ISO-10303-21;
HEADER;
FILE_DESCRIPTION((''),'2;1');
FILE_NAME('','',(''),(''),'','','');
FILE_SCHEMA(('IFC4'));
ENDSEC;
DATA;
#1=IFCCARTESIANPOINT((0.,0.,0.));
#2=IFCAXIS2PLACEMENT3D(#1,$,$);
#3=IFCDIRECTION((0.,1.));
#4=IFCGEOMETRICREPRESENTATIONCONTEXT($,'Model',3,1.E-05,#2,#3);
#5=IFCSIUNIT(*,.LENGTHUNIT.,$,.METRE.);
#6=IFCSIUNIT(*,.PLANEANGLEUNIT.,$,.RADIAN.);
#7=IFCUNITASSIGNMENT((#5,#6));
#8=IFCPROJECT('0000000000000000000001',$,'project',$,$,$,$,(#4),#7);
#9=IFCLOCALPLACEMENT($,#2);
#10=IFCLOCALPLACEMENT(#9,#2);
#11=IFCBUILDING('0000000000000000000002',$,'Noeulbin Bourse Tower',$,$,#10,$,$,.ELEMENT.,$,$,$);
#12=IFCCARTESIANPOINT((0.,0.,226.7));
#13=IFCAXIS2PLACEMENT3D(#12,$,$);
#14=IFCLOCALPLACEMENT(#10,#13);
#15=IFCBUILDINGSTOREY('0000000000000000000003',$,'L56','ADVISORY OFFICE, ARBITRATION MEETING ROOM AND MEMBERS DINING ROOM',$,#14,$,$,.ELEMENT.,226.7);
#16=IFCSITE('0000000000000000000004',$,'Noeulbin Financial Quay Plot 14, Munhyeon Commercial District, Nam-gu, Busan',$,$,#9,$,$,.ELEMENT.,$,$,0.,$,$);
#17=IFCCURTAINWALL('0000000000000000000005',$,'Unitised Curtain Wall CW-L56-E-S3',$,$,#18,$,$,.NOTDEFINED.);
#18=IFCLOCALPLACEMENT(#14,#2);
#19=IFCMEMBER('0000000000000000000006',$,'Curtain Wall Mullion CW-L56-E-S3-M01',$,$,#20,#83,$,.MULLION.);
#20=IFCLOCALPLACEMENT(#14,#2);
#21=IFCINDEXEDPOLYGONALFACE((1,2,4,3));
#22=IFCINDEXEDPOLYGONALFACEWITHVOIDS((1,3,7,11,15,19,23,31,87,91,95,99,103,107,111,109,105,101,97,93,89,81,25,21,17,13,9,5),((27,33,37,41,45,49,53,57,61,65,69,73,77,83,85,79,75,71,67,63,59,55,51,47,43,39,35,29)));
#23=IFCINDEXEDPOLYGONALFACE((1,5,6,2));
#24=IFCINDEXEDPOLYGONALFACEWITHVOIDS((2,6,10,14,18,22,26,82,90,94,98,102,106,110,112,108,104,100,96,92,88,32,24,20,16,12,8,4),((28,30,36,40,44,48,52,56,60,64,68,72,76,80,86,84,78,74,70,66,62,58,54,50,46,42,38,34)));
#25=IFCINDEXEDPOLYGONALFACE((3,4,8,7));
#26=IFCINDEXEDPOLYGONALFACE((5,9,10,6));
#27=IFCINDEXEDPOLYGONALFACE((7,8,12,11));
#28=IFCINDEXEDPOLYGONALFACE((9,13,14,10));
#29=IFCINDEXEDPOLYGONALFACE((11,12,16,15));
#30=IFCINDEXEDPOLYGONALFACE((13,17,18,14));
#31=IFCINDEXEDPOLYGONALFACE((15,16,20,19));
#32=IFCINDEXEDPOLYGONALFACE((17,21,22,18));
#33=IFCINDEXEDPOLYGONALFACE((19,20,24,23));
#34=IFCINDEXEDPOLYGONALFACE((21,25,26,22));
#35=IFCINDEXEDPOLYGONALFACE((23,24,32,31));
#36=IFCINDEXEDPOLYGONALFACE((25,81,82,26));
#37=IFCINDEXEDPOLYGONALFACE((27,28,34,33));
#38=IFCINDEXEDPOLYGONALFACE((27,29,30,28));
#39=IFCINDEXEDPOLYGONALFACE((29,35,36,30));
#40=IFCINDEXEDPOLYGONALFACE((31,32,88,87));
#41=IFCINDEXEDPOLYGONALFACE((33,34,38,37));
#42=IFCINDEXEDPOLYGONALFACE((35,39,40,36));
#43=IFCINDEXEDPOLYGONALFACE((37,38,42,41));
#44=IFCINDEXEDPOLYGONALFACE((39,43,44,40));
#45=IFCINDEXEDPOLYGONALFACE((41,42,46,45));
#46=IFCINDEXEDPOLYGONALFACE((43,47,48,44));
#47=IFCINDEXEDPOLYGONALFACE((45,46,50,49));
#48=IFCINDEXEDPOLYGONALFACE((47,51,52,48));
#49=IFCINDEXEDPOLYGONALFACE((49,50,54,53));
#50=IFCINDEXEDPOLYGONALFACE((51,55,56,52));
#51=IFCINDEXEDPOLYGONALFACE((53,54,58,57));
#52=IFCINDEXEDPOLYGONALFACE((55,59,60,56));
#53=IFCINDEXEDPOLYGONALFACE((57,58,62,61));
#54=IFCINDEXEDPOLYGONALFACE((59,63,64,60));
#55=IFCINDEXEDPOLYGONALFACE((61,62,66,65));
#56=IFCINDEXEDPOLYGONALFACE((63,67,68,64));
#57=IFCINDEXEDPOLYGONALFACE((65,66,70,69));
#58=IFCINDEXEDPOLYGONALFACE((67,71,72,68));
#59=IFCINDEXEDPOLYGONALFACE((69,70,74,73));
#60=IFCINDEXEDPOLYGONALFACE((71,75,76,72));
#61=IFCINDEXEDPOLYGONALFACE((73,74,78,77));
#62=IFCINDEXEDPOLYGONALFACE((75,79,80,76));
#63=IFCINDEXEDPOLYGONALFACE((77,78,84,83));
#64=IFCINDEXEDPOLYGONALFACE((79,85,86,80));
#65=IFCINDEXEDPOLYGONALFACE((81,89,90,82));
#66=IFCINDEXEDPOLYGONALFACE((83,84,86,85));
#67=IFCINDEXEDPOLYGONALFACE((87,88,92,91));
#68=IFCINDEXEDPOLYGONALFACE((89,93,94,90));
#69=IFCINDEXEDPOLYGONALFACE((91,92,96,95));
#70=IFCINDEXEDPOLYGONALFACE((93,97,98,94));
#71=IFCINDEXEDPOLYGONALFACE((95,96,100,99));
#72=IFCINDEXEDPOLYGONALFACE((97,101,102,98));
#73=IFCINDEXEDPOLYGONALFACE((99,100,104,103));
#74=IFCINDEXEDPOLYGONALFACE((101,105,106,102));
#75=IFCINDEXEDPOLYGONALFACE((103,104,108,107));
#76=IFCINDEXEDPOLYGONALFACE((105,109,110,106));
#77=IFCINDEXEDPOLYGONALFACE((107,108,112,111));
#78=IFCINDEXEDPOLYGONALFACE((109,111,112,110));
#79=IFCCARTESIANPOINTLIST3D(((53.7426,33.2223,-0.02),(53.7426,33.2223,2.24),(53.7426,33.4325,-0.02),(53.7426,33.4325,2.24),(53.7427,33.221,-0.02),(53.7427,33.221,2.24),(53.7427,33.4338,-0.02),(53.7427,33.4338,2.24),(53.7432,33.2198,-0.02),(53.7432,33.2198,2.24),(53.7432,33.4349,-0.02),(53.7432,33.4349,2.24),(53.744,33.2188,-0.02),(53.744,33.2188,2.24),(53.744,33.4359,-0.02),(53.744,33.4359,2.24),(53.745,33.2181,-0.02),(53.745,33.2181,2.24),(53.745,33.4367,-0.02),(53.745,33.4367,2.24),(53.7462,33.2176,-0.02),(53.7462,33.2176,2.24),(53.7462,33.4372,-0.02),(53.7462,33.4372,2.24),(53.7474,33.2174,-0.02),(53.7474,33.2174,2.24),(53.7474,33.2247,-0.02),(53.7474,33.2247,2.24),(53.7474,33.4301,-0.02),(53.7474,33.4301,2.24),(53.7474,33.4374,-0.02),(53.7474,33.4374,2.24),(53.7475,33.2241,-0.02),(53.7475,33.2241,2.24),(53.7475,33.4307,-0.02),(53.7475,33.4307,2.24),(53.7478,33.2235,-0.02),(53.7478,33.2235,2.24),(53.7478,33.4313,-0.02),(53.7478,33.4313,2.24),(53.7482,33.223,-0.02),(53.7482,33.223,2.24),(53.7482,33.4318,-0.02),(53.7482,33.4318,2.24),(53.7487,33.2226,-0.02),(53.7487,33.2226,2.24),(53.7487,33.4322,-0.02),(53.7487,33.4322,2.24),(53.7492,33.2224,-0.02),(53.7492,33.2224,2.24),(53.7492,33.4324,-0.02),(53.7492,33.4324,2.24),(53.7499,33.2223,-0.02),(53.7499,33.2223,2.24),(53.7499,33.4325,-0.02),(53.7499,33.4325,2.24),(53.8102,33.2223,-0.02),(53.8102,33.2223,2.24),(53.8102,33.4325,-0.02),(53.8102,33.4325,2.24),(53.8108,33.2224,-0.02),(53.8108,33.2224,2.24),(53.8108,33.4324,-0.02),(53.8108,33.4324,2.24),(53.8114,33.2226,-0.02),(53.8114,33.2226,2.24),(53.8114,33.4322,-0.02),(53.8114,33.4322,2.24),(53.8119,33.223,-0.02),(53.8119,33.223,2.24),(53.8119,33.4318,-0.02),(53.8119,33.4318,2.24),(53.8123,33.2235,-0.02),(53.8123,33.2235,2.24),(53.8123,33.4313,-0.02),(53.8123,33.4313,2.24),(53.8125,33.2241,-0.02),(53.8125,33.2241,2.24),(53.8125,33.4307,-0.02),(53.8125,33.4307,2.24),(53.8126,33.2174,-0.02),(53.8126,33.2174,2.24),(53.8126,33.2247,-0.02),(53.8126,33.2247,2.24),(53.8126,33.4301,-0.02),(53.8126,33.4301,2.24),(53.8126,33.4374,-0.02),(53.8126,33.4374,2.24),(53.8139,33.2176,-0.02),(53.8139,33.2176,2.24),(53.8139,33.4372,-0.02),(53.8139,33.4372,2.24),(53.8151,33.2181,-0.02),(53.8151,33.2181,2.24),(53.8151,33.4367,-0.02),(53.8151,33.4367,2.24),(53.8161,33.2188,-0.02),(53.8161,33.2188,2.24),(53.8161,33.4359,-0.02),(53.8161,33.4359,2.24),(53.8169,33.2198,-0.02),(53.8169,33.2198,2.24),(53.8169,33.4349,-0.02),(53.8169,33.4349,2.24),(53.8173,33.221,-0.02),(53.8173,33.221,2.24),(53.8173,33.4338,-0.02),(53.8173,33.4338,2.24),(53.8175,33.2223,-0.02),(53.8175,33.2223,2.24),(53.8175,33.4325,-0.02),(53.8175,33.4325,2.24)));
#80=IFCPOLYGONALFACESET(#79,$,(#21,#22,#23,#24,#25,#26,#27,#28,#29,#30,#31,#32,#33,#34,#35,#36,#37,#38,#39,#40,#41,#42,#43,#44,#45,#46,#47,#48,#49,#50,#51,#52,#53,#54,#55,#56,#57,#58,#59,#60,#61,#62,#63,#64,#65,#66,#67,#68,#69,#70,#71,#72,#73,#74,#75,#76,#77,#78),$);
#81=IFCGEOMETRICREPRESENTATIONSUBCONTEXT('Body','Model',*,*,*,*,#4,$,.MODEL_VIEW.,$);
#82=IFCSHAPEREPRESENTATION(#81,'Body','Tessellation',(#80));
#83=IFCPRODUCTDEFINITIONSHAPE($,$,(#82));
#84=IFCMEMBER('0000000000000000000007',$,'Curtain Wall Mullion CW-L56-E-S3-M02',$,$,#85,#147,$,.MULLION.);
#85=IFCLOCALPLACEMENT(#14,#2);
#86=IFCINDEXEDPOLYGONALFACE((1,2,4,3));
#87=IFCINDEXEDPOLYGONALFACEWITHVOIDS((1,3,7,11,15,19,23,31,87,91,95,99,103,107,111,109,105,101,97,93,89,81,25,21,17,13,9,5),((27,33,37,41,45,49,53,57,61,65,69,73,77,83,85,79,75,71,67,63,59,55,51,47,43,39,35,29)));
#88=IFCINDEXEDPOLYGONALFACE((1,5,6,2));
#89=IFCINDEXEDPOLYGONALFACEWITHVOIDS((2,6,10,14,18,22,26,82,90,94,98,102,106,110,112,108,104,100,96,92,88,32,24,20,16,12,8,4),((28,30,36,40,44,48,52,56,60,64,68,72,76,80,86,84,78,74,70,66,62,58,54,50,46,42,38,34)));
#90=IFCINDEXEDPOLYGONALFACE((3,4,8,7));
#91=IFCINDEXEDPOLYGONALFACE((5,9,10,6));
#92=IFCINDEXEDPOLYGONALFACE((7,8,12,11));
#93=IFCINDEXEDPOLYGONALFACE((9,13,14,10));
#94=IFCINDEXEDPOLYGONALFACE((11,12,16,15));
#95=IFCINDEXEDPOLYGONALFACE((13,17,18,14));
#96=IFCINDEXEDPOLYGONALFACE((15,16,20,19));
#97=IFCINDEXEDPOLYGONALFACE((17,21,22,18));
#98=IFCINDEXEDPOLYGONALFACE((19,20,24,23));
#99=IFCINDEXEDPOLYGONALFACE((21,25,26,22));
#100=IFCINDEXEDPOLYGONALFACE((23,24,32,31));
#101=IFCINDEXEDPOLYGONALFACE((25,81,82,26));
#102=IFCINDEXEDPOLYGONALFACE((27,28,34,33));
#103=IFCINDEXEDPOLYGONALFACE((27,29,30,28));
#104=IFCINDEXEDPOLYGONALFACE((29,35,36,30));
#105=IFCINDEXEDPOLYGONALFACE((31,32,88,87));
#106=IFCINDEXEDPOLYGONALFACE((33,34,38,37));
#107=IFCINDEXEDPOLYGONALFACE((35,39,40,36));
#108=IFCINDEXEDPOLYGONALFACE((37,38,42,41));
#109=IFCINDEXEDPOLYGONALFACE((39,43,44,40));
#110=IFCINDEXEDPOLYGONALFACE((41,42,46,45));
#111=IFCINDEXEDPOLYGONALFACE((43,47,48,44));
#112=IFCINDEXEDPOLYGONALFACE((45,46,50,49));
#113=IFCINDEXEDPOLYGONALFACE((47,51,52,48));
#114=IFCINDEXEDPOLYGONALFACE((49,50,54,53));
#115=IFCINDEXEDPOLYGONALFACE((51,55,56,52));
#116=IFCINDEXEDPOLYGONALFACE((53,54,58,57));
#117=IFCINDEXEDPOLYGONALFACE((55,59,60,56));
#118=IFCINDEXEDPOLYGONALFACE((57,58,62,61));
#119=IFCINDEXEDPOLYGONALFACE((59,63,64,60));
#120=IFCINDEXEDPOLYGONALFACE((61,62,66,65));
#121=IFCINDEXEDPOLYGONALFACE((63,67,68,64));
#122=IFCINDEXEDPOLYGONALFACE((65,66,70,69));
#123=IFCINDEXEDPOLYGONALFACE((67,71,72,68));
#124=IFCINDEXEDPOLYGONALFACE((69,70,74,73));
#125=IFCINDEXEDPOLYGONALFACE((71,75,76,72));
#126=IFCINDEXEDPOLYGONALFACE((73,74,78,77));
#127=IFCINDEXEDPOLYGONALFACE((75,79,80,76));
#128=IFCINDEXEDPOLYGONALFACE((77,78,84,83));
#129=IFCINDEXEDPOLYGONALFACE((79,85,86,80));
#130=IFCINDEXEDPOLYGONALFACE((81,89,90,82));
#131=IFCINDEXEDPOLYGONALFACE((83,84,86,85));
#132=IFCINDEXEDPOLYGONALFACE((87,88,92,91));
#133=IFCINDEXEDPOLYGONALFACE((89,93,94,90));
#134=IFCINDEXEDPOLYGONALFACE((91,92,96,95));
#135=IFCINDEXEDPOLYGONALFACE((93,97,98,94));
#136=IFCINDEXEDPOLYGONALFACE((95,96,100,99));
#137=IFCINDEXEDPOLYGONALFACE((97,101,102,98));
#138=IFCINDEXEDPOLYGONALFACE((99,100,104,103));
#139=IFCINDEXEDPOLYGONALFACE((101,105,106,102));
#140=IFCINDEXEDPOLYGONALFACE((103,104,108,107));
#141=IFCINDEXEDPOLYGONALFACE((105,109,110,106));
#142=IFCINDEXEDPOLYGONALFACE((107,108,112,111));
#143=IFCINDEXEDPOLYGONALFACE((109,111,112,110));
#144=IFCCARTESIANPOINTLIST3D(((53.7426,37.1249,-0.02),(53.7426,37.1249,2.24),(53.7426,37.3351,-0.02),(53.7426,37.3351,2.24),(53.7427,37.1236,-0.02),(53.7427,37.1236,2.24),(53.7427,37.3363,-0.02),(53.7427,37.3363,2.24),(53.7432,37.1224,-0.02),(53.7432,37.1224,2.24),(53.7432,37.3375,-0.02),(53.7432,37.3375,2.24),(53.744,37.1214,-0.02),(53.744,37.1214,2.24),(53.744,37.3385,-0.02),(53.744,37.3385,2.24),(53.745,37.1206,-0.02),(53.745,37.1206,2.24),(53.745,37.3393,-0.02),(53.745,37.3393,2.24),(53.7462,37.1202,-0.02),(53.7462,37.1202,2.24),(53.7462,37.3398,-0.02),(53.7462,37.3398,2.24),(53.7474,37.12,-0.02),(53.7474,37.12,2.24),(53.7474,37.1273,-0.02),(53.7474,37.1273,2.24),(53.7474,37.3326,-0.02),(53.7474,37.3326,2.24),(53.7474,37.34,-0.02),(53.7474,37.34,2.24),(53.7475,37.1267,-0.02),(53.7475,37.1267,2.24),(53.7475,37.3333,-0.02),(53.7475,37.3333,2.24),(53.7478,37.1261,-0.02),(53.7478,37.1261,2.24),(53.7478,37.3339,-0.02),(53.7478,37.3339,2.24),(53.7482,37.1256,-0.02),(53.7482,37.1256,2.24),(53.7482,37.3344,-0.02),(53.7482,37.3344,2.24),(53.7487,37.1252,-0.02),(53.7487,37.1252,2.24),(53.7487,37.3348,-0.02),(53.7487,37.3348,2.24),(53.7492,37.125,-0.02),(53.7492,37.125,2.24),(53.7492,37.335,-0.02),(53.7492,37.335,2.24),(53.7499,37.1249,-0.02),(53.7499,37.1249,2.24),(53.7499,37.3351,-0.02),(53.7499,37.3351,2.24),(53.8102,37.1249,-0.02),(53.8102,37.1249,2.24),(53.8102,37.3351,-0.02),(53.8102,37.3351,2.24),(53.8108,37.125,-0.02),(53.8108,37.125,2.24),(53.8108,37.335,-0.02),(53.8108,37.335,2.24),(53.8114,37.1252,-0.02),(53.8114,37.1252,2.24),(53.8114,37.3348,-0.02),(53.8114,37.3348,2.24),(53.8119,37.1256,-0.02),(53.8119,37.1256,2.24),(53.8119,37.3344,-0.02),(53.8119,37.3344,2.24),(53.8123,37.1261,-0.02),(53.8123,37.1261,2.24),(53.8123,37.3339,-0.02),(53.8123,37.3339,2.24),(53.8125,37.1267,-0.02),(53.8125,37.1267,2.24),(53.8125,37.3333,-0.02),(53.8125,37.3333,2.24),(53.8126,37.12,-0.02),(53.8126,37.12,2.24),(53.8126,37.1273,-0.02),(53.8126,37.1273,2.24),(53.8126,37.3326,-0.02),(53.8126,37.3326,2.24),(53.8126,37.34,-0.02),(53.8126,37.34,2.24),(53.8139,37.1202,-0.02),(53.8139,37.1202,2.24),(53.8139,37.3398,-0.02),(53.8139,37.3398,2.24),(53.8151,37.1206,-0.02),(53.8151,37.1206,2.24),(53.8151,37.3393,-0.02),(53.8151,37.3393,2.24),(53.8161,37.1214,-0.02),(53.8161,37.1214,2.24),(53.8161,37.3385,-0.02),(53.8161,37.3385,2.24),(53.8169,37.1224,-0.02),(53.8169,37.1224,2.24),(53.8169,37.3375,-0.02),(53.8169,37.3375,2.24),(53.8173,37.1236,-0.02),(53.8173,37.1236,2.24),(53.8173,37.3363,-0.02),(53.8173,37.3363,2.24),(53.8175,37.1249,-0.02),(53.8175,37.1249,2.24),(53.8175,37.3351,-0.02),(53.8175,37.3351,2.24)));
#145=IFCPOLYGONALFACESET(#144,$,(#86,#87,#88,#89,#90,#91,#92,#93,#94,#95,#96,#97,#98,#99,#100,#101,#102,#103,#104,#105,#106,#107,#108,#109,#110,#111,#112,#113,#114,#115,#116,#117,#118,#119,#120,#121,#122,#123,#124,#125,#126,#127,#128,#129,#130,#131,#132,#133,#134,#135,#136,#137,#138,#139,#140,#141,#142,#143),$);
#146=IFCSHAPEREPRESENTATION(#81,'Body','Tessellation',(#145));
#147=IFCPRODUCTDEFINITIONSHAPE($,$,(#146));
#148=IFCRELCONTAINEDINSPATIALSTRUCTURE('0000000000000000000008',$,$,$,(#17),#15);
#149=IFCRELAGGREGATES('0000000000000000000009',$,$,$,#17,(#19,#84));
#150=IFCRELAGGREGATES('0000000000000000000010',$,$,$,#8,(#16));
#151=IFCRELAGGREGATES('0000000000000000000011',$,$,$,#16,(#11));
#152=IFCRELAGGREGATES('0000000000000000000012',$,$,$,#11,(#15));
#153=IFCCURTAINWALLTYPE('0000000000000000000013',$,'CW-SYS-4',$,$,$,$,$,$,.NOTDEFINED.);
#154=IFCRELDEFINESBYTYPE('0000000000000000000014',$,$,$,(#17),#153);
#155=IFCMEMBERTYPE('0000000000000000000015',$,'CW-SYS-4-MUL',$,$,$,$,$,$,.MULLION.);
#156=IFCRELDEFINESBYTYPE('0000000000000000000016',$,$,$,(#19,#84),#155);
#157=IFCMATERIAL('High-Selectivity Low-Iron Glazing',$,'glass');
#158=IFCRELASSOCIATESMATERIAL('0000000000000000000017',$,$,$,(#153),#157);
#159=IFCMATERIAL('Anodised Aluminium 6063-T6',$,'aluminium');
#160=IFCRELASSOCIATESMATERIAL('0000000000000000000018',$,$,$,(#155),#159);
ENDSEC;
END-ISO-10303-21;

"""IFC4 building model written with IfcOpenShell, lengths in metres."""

from ifc_helpers import new_model, si_unit, direction, frame, origin, origin_2d, place, context, subcontext, project, spatial, hollow_rectangle, extrude, material, material_profile, profile_set, type_object, element, aggregate, save


model = new_model("IFC4")

# Units and contexts
model_context = context("Model", 3, precision=1e-05, world=origin(), true_north=direction((0.0, 1.0)))
body_context = subcontext(model_context, "Body", "Model", "MODEL_VIEW")
ifc_project = project(units=[si_unit("LENGTHUNIT", "METRE"), si_unit("PLANEANGLEUNIT", "RADIAN")], contexts=[model_context])

# Site, building, storey
site_placement = place(None, origin())
site = spatial("IfcSite", under=ifc_project, at=site_placement, Name="Noeulbin Financial Quay Plot 14, Munhyeon Commercial District, Nam-gu, Busan", CompositionType="ELEMENT", RefElevation=0.0)
building_placement = place(site_placement, origin())
building = spatial("IfcBuilding", under=site, at=building_placement, Name="Noeulbin Bourse Tower", CompositionType="ELEMENT")
storey_placement = place(building_placement, frame((0.0, 0.0, 226.7)))
storey = spatial("IfcBuildingStorey", under=building, at=storey_placement, Name="L56", Description="ADVISORY OFFICE, ARBITRATION MEETING ROOM AND MEMBERS DINING ROOM", CompositionType="ELEMENT", Elevation=226.7)

# Curtain wall, members
ifc_material_1 = material(Name="High-Selectivity Low-Iron Glazing", Category="glass")
curtain_wall_type = type_object("IfcCurtainWallType", Name="CW-SYS-4", PredefinedType="NOTDEFINED", material=ifc_material_1)
ifc_material_2 = material(Name="Anodised Aluminium 6063-T6", Category="aluminium")
ifc_material_profile_1 = material_profile(ifc_material_2, hollow_rectangle(XDim=0.075, YDim=0.22, WallThickness=0.0049, InnerFilletRadius=0.0024, OuterFilletRadius=0.0049, at=origin_2d()), Name="ALU-MULL-75x220x5", Category="LoadBearing")
ifc_profile_set_1 = profile_set([ifc_material_profile_1], Name="Anodised Aluminium 6063-T6")
member_type_1 = type_object("IfcMemberType", Name="CW-SYS-4-MUL", PredefinedType="MULLION", material=ifc_profile_set_1)
curtain_wall_1_placement = place(storey_placement, origin())
curtain_wall_1 = element("IfcCurtainWall", 1, at=curtain_wall_1_placement, inside=storey, type_object=curtain_wall_type, Name="Unitised Curtain Wall CW-L56-E-S3", PredefinedType="NOTDEFINED")
member_1_placement = place(storey_placement, frame((53.78, 33.3274, -0.02), z_axis=(0.0, 0.0, 1.0), x_axis=(1.0, 0.0, 0.0)))
member_1 = element("IfcMember", 2, at=member_1_placement, type_object=member_type_1, Name="Curtain Wall Mullion CW-L56-E-S3-M01", PredefinedType="MULLION", context=body_context, shape_type="SweptSolid", body=[
    extrude(hollow_rectangle(XDim=0.075, YDim=0.22, WallThickness=0.0049, InnerFilletRadius=0.0024, OuterFilletRadius=0.0049, at=origin_2d()), origin(), (0.0, 0.0, 1.0), 2.26),
])
member_2_placement = place(storey_placement, frame((53.78, 37.23, -0.02), z_axis=(0.0, 0.0, 1.0), x_axis=(1.0, 0.0, 0.0)))
member_2 = element("IfcMember", 3, at=member_2_placement, type_object=member_type_1, Name="Curtain Wall Mullion CW-L56-E-S3-M02", PredefinedType="MULLION", context=body_context, shape_type="SweptSolid", body=[
    extrude(hollow_rectangle(XDim=0.075, YDim=0.22, WallThickness=0.0049, InnerFilletRadius=0.0024, OuterFilletRadius=0.0049, at=origin_2d()), origin(), (0.0, 0.0, 1.0), 2.26),
])

aggregate(curtain_wall_1, [member_1, member_2])

save(model, "model.ifc")
